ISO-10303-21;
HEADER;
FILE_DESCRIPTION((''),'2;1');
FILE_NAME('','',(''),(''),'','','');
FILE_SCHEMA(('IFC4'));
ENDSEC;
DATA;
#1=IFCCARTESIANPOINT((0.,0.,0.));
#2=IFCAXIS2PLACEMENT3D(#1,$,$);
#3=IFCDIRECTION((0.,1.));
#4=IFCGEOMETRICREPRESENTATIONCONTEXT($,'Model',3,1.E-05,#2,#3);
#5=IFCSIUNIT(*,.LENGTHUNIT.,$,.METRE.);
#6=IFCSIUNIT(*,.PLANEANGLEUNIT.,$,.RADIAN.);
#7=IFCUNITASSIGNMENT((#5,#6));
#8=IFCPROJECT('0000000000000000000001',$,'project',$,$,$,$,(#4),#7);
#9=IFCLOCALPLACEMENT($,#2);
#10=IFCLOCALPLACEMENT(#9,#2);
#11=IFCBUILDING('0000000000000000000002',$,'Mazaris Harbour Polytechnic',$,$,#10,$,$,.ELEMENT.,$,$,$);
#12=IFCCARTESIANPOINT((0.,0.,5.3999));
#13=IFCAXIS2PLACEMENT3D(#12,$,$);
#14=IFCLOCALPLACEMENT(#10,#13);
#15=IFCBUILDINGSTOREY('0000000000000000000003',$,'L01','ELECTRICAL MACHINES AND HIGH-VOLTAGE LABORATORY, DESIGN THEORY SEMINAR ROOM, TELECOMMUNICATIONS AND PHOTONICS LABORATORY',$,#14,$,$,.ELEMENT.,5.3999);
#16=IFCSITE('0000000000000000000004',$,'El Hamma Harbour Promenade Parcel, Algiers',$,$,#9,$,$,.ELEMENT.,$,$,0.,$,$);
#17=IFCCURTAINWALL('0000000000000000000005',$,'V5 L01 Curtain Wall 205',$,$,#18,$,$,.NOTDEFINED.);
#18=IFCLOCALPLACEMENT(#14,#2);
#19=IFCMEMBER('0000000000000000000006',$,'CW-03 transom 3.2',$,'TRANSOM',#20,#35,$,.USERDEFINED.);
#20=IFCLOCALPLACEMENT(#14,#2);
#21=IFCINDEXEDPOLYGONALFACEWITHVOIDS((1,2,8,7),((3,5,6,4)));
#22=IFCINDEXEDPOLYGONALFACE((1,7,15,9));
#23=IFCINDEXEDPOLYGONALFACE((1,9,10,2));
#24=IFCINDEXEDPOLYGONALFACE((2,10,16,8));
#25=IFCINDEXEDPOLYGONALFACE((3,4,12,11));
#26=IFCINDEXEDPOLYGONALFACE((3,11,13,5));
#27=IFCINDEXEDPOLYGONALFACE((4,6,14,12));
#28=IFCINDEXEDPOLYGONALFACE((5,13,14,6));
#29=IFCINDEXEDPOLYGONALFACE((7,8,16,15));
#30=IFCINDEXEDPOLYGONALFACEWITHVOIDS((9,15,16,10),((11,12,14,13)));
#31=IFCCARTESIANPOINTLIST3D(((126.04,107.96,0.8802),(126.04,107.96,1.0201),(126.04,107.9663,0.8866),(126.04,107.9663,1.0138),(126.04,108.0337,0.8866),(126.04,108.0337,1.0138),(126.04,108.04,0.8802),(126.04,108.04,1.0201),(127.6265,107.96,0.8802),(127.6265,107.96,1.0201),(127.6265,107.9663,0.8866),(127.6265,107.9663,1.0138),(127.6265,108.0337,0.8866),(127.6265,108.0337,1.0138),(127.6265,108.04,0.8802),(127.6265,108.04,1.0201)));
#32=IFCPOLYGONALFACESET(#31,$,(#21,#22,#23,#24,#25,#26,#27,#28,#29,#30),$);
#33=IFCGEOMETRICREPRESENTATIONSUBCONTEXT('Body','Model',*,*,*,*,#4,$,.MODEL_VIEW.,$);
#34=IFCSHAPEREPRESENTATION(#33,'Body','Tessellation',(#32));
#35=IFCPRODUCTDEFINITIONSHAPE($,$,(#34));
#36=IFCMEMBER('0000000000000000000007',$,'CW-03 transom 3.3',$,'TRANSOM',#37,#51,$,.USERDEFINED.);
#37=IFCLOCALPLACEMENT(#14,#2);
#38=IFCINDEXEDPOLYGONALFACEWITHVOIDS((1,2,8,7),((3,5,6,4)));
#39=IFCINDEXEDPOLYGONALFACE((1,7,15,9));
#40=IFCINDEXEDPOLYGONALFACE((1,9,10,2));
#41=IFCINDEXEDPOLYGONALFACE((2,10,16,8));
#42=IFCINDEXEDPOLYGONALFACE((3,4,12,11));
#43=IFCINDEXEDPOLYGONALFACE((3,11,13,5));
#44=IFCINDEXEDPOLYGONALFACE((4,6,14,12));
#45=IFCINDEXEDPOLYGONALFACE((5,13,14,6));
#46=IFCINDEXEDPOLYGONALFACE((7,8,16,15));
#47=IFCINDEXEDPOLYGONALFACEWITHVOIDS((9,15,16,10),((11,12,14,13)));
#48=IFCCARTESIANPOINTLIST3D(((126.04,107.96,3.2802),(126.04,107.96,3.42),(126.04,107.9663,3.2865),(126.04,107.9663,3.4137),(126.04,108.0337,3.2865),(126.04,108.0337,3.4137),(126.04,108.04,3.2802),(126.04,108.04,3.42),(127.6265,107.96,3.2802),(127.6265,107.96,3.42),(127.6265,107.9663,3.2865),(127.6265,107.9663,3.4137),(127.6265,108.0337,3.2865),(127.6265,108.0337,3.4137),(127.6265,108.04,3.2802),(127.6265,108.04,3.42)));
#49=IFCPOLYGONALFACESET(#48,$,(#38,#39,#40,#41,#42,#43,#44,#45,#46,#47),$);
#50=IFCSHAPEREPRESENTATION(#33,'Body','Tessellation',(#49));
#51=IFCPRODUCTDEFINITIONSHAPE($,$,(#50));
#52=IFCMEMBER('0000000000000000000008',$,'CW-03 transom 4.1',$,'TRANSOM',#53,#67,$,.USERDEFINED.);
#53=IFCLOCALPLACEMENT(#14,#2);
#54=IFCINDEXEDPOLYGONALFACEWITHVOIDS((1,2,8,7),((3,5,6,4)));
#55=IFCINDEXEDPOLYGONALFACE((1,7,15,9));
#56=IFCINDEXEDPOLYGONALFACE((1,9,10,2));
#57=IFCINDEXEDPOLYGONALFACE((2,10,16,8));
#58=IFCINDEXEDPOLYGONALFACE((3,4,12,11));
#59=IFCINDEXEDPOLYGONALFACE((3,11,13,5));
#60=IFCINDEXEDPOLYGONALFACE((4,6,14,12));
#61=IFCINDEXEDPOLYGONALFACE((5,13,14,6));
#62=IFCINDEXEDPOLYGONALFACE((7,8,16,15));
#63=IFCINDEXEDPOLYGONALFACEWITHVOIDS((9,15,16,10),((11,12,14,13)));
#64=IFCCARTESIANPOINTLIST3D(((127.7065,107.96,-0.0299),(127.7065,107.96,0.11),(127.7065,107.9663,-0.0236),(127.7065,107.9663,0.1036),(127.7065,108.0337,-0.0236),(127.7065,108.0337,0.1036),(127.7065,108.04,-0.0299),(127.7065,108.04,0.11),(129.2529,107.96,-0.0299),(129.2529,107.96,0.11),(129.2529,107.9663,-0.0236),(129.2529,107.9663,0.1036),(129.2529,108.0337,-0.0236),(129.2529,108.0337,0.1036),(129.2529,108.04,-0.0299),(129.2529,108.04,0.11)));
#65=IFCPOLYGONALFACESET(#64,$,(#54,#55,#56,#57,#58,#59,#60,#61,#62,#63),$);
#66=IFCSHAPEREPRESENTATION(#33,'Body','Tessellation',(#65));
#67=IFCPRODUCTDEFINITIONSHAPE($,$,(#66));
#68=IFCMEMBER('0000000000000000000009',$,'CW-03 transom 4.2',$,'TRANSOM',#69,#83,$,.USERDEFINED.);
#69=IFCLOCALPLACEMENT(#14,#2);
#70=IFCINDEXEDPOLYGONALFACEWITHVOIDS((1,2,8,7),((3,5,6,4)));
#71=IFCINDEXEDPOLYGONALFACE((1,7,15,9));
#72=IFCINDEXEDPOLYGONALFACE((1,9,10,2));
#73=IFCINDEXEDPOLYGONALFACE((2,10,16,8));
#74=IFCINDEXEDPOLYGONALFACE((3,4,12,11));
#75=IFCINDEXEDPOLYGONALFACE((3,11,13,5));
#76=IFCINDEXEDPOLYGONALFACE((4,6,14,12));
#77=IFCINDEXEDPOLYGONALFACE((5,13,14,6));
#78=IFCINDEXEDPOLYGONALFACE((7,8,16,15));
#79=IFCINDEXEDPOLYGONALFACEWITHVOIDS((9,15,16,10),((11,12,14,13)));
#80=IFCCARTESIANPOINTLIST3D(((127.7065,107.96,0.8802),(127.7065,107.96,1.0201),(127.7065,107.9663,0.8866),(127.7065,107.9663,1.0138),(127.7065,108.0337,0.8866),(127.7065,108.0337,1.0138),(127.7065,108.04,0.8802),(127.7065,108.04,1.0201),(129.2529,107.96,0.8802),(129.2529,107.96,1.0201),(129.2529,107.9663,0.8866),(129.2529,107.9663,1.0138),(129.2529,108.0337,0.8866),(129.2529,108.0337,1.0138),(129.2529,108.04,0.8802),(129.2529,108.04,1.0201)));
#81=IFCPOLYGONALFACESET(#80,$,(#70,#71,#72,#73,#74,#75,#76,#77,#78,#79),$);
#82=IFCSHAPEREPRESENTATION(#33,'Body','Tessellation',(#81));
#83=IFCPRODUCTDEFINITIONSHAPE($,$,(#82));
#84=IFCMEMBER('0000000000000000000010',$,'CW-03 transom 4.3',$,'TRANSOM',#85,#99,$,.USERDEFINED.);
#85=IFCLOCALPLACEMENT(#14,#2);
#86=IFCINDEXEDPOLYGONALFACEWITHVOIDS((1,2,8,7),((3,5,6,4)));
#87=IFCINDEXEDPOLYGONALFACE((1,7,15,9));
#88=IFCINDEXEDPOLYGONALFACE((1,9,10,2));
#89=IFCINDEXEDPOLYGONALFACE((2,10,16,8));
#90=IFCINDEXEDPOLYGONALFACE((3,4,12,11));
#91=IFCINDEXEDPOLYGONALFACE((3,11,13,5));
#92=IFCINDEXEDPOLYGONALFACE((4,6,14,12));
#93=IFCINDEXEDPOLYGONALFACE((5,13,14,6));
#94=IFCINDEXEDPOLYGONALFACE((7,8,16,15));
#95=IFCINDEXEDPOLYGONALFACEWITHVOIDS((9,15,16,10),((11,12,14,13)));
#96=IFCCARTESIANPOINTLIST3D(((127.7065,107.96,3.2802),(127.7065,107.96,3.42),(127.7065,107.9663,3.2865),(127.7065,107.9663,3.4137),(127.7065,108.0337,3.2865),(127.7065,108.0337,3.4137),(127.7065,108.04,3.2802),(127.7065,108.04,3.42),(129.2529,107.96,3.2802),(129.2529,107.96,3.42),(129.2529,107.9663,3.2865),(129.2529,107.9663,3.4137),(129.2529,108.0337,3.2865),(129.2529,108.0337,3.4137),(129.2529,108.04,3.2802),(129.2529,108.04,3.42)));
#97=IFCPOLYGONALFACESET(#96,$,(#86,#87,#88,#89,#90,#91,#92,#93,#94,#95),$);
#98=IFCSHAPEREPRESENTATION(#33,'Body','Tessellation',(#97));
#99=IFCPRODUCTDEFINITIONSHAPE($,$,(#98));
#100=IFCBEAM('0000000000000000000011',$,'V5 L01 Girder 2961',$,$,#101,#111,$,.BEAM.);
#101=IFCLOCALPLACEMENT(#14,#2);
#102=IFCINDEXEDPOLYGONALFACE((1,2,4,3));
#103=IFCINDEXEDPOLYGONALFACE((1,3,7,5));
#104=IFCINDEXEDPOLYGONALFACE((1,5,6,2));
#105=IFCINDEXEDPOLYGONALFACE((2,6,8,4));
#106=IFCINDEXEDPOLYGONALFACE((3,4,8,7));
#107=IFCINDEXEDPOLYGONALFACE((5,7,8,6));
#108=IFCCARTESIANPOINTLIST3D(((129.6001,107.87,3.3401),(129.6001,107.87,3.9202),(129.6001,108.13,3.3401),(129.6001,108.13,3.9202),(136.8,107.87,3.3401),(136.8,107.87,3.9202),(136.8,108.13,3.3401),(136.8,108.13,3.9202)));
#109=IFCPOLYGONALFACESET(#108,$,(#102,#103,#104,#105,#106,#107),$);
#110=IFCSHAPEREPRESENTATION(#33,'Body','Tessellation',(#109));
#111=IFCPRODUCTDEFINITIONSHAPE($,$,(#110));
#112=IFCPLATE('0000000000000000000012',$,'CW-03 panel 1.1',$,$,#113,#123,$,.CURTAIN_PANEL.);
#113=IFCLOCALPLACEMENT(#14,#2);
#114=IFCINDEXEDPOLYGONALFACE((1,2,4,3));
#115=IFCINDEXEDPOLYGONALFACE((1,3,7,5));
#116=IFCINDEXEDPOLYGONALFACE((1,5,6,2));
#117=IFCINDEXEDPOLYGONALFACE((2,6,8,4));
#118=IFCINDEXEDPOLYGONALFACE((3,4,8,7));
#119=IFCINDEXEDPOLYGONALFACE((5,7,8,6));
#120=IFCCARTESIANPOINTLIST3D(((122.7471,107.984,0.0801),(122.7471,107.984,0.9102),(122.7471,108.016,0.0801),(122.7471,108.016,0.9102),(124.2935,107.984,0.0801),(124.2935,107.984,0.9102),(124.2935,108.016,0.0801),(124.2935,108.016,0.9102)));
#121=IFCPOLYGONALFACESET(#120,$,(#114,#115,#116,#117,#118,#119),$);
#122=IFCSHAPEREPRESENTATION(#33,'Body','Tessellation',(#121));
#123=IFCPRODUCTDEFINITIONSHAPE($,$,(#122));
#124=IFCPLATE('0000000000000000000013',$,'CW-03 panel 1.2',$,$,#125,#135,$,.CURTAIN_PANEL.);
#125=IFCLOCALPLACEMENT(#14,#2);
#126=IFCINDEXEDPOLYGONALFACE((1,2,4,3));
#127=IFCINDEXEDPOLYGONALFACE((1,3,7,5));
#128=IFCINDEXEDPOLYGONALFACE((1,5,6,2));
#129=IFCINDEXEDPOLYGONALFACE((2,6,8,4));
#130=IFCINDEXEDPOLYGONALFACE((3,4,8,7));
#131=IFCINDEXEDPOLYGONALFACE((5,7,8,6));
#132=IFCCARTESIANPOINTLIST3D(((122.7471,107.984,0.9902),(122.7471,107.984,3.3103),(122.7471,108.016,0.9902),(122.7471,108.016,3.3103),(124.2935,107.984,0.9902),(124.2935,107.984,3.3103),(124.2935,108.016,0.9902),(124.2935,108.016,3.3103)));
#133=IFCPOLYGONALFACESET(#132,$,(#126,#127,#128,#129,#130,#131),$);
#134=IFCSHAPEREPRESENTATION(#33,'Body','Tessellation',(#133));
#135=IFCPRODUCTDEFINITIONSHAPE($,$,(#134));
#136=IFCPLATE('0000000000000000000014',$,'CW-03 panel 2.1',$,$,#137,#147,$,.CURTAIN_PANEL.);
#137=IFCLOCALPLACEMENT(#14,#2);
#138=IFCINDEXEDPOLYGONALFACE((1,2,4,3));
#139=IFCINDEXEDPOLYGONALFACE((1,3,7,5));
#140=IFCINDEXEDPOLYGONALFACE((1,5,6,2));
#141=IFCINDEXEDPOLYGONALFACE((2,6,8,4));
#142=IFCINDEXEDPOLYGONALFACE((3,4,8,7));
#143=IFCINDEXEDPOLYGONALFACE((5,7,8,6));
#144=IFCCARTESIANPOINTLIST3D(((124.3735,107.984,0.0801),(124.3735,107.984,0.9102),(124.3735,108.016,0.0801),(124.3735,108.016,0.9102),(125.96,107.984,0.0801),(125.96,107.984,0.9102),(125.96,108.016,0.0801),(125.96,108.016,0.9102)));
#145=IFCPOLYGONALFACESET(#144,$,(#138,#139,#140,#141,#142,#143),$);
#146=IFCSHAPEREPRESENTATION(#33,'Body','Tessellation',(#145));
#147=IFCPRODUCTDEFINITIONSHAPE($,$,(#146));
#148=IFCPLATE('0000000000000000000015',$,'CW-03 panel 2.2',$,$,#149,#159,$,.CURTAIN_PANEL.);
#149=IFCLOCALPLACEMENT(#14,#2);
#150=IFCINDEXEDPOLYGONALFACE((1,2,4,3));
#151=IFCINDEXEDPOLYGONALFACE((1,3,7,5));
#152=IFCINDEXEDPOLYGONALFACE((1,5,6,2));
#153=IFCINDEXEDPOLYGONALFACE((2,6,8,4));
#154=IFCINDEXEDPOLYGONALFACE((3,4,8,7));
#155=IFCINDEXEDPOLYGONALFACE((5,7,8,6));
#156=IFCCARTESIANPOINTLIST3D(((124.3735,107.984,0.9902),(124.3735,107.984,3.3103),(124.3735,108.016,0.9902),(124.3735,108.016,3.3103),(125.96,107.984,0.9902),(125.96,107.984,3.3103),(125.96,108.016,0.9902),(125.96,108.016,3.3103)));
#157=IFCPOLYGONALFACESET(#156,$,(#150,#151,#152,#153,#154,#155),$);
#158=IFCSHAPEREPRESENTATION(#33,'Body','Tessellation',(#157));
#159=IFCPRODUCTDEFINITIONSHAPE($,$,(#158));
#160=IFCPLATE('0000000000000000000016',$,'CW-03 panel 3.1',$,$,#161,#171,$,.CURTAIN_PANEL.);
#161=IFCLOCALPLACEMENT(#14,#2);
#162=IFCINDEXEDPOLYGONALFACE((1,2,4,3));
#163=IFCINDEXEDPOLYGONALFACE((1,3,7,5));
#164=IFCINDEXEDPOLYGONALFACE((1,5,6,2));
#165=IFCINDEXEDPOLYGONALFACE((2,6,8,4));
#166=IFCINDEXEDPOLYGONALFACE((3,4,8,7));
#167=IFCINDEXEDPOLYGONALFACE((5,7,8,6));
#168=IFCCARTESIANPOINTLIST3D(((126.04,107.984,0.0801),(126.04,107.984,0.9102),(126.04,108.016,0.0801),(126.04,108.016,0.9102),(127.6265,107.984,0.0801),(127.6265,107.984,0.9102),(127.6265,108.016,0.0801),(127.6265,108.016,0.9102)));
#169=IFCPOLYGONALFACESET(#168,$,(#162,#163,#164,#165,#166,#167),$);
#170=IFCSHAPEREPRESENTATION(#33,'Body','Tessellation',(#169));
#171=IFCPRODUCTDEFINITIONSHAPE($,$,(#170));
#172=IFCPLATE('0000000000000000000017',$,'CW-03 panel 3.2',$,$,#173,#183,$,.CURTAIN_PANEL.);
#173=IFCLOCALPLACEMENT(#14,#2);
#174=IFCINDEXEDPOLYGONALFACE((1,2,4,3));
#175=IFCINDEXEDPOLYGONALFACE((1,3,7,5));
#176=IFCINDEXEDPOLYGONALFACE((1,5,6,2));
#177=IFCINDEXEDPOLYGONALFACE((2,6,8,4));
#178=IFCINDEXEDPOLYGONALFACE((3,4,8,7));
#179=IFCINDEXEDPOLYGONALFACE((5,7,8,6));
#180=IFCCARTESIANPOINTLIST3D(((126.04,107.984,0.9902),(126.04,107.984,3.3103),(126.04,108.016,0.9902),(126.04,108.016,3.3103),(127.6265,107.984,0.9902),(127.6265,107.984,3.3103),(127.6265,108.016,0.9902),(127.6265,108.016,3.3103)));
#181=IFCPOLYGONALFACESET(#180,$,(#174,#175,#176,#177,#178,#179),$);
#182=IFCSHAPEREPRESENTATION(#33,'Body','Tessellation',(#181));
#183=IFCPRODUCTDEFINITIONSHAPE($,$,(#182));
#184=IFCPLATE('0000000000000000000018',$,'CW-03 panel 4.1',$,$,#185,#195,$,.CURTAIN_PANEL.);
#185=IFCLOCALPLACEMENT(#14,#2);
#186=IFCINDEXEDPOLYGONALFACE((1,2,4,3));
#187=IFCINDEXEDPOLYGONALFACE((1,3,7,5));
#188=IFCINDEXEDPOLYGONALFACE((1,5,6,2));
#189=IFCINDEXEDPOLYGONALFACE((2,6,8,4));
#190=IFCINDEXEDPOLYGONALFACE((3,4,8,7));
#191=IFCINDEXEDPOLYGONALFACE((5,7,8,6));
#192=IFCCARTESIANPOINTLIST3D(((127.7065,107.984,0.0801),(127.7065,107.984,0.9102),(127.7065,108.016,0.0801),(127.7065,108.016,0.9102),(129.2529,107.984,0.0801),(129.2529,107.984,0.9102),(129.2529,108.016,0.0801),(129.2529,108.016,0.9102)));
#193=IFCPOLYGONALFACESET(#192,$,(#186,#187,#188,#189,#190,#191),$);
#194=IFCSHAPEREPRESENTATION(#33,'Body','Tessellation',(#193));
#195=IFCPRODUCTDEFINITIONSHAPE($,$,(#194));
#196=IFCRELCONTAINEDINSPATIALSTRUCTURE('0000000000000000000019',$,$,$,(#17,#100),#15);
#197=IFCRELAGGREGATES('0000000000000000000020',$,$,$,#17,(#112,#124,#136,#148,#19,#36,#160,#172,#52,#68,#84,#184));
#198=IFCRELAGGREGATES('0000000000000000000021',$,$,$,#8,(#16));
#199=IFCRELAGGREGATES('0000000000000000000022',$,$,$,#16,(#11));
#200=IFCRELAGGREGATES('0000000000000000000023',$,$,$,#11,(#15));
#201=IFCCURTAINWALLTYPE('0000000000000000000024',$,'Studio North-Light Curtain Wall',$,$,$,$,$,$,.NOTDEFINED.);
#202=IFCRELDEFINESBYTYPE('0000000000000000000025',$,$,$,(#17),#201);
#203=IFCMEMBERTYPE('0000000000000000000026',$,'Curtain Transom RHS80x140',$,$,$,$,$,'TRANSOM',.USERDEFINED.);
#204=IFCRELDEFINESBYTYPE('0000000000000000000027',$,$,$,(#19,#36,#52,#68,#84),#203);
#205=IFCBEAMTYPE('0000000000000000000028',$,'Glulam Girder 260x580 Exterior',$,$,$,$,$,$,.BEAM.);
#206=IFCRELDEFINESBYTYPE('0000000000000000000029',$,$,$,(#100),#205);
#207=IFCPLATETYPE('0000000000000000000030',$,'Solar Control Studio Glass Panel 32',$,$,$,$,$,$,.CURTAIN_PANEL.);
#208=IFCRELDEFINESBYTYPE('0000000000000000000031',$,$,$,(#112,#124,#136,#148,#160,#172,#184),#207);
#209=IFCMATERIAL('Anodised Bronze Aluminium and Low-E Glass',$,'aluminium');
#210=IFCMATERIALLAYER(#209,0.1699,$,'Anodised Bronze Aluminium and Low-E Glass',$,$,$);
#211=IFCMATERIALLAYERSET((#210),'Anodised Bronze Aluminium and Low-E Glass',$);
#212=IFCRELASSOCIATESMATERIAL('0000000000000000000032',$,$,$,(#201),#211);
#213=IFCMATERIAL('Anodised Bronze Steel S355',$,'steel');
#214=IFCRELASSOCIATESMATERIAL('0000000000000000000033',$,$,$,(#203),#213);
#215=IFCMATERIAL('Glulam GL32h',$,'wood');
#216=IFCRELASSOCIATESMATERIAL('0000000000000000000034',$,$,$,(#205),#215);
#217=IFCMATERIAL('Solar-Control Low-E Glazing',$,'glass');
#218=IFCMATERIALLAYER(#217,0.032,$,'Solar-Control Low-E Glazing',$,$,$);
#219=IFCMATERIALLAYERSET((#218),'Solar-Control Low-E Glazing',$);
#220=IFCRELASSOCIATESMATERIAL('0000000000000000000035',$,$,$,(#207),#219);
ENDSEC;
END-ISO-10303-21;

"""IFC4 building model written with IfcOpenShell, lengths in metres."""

from ifc_helpers import new_model, si_unit, direction, frame, origin, origin_2d, place, context, subcontext, project, spatial, rectangle, hollow_rectangle, extrude, material, layer, layer_set, material_profile, profile_set, type_object, element, aggregate, save


model = new_model("IFC4")

# Units and contexts
model_context = context("Model", 3, precision=1e-05, world=origin(), true_north=direction((0.0, 1.0)))
body_context = subcontext(model_context, "Body", "Model", "MODEL_VIEW")
ifc_project = project(units=[si_unit("LENGTHUNIT", "METRE"), si_unit("PLANEANGLEUNIT", "RADIAN")], contexts=[model_context])

# Site, building, storey
site_placement = place(None, origin())
site = spatial("IfcSite", under=ifc_project, at=site_placement, Name="El Hamma Harbour Promenade Parcel, Algiers", CompositionType="ELEMENT", RefElevation=0.0)
building_placement = place(site_placement, origin())
building = spatial("IfcBuilding", under=site, at=building_placement, Name="Mazaris Harbour Polytechnic", CompositionType="ELEMENT")
storey_placement = place(building_placement, frame((0.0, 0.0, 5.3999)))
storey = spatial("IfcBuildingStorey", under=building, at=storey_placement, Name="L01", Description="ELECTRICAL MACHINES AND HIGH-VOLTAGE LABORATORY, DESIGN THEORY SEMINAR ROOM, TELECOMMUNICATIONS AND PHOTONICS LABORATORY", CompositionType="ELEMENT", Elevation=5.3999)

# Curtain wall, members
ifc_material_1 = material(Name="Anodised Bronze Aluminium and Low-E Glass", Category="aluminium")
ifc_layer_1 = layer(ifc_material_1, 0.1699, Name="Anodised Bronze Aluminium and Low-E Glass")
ifc_layer_set_1 = layer_set([ifc_layer_1], Name="Anodised Bronze Aluminium and Low-E Glass")
curtain_wall_type = type_object("IfcCurtainWallType", Name="Studio North-Light Curtain Wall", PredefinedType="NOTDEFINED", material=ifc_layer_set_1)
curtain_wall_placement = place(storey_placement, origin())
curtain_wall = element("IfcCurtainWall", 1, at=curtain_wall_placement, inside=storey, type_object=curtain_wall_type, Name="V5 L01 Curtain Wall 205", PredefinedType="NOTDEFINED")
ifc_material_2 = material(Name="Anodised Bronze Steel S355", Category="steel")
ifc_material_profile_1 = material_profile(ifc_material_2, hollow_rectangle(XDim=0.0801, YDim=0.1399, WallThickness=0.0063, at=origin_2d()), Name="RHS 80x140x6.3")
ifc_profile_set_1 = profile_set([ifc_material_profile_1], Name="Anodised Bronze Steel S355")
member_type_1 = type_object("IfcMemberType", Name="Curtain Transom RHS80x140", ElementType="TRANSOM", PredefinedType="USERDEFINED", material=ifc_profile_set_1)
member_1_placement = place(storey_placement, frame((126.04, 108.0, 0.9502), z_axis=(1.0, 0.0, 0.0), x_axis=(0.0, 1.0, 0.0)))
member_1 = element("IfcMember", 2, at=member_1_placement, type_object=member_type_1, Name="CW-03 transom 3.2", ObjectType="TRANSOM", PredefinedType="USERDEFINED", context=body_context, shape_type="SweptSolid", body=[
    extrude(hollow_rectangle(XDim=0.0801, YDim=0.1399, WallThickness=0.0063, at=origin_2d()), origin(), (0.0, 0.0, 1.0), 1.5864),
])
member_2_placement = place(storey_placement, frame((126.04, 108.0, 3.3501), z_axis=(1.0, 0.0, 0.0), x_axis=(0.0, 1.0, 0.0)))
member_2 = element("IfcMember", 3, at=member_2_placement, type_object=member_type_1, Name="CW-03 transom 3.3", ObjectType="TRANSOM", PredefinedType="USERDEFINED", context=body_context, shape_type="SweptSolid", body=[
    extrude(hollow_rectangle(XDim=0.0801, YDim=0.1399, WallThickness=0.0063, at=origin_2d()), origin(), (0.0, 0.0, 1.0), 1.5864),
])
member_3_placement = place(storey_placement, frame((127.7065, 108.0, 0.04), z_axis=(1.0, 0.0, 0.0), x_axis=(0.0, 1.0, 0.0)))
member_3 = element("IfcMember", 4, at=member_3_placement, type_object=member_type_1, Name="CW-03 transom 4.1", ObjectType="TRANSOM", PredefinedType="USERDEFINED", context=body_context, shape_type="SweptSolid", body=[
    extrude(hollow_rectangle(XDim=0.0801, YDim=0.1399, WallThickness=0.0063, at=origin_2d()), origin(), (0.0, 0.0, 1.0), 1.5464),
])
member_4_placement = place(storey_placement, frame((127.7065, 108.0, 0.9502), z_axis=(1.0, 0.0, 0.0), x_axis=(0.0, 1.0, 0.0)))
member_4 = element("IfcMember", 5, at=member_4_placement, type_object=member_type_1, Name="CW-03 transom 4.2", ObjectType="TRANSOM", PredefinedType="USERDEFINED", context=body_context, shape_type="SweptSolid", body=[
    extrude(hollow_rectangle(XDim=0.0801, YDim=0.1399, WallThickness=0.0063, at=origin_2d()), origin(), (0.0, 0.0, 1.0), 1.5464),
])
member_5_placement = place(storey_placement, frame((127.7065, 108.0, 3.3501), z_axis=(1.0, 0.0, 0.0), x_axis=(0.0, 1.0, 0.0)))
member_5 = element("IfcMember", 6, at=member_5_placement, type_object=member_type_1, Name="CW-03 transom 4.3", ObjectType="TRANSOM", PredefinedType="USERDEFINED", context=body_context, shape_type="SweptSolid", body=[
    extrude(hollow_rectangle(XDim=0.0801, YDim=0.1399, WallThickness=0.0063, at=origin_2d()), origin(), (0.0, 0.0, 1.0), 1.5464),
])

# Beam
ifc_material_3 = material(Name="Glulam GL32h", Category="wood")
ifc_material_profile_2 = material_profile(ifc_material_3, rectangle(XDim=0.26, YDim=0.5801, at=origin_2d()), Name="RECT260x580")
ifc_profile_set_2 = profile_set([ifc_material_profile_2], Name="Glulam GL32h")
beam_type = type_object("IfcBeamType", Name="Glulam Girder 260x580 Exterior", PredefinedType="BEAM", material=ifc_profile_set_2)
beam_placement = place(storey_placement, frame((129.6001, 108.0, 3.6301), z_axis=(1.0, 0.0, 0.0), x_axis=(0.0, 1.0, 0.0)))
element("IfcBeam", 7, at=beam_placement, inside=storey, type_object=beam_type, Name="V5 L01 Girder 2961", PredefinedType="BEAM", context=body_context, shape_type="SweptSolid", body=[
    extrude(rectangle(XDim=0.26, YDim=0.5801, at=origin_2d()), origin(), (0.0, 0.0, 1.0), 7.2),
])

# Plates
ifc_material_4 = material(Name="Solar-Control Low-E Glazing", Category="glass")
ifc_layer_2 = layer(ifc_material_4, 0.032, Name="Solar-Control Low-E Glazing")
ifc_layer_set_2 = layer_set([ifc_layer_2], Name="Solar-Control Low-E Glazing")
plate_type = type_object("IfcPlateType", Name="Solar Control Studio Glass Panel 32", PredefinedType="CURTAIN_PANEL", material=ifc_layer_set_2)
plate_1_placement = place(storey_placement, frame((123.5203, 108.0, 0.0801), z_axis=(0.0, 0.0, 1.0), x_axis=(1.0, 0.0, 0.0)))
plate_1 = element("IfcPlate", 8, at=plate_1_placement, type_object=plate_type, Name="CW-03 panel 1.1", PredefinedType="CURTAIN_PANEL", context=body_context, shape_type="SweptSolid", body=[
    extrude(rectangle(XDim=1.5464, YDim=0.032, at=origin_2d()), origin(), (0.0, 0.0, 1.0), 0.8301),
])
plate_2_placement = place(storey_placement, frame((123.5203, 108.0, 0.9902), z_axis=(0.0, 0.0, 1.0), x_axis=(1.0, 0.0, 0.0)))
plate_2 = element("IfcPlate", 9, at=plate_2_placement, type_object=plate_type, Name="CW-03 panel 1.2", PredefinedType="CURTAIN_PANEL", context=body_context, shape_type="SweptSolid", body=[
    extrude(rectangle(XDim=1.5464, YDim=0.032, at=origin_2d()), origin(), (0.0, 0.0, 1.0), 2.3201),
])
plate_3_placement = place(storey_placement, frame((125.1667, 108.0, 0.0801), z_axis=(0.0, 0.0, 1.0), x_axis=(1.0, 0.0, 0.0)))
plate_3 = element("IfcPlate", 10, at=plate_3_placement, type_object=plate_type, Name="CW-03 panel 2.1", PredefinedType="CURTAIN_PANEL", context=body_context, shape_type="SweptSolid", body=[
    extrude(rectangle(XDim=1.5864, YDim=0.032, at=origin_2d()), origin(), (0.0, 0.0, 1.0), 0.8301),
])
plate_4_placement = place(storey_placement, frame((125.1667, 108.0, 0.9902), z_axis=(0.0, 0.0, 1.0), x_axis=(1.0, 0.0, 0.0)))
plate_4 = element("IfcPlate", 11, at=plate_4_placement, type_object=plate_type, Name="CW-03 panel 2.2", PredefinedType="CURTAIN_PANEL", context=body_context, shape_type="SweptSolid", body=[
    extrude(rectangle(XDim=1.5864, YDim=0.032, at=origin_2d()), origin(), (0.0, 0.0, 1.0), 2.3201),
])
plate_5_placement = place(storey_placement, frame((126.8333, 108.0, 0.0801), z_axis=(0.0, 0.0, 1.0), x_axis=(1.0, 0.0, 0.0)))
plate_5 = element("IfcPlate", 12, at=plate_5_placement, type_object=plate_type, Name="CW-03 panel 3.1", PredefinedType="CURTAIN_PANEL", context=body_context, shape_type="SweptSolid", body=[
    extrude(rectangle(XDim=1.5864, YDim=0.032, at=origin_2d()), origin(), (0.0, 0.0, 1.0), 0.8301),
])
plate_6_placement = place(storey_placement, frame((126.8333, 108.0, 0.9902), z_axis=(0.0, 0.0, 1.0), x_axis=(1.0, 0.0, 0.0)))
plate_6 = element("IfcPlate", 13, at=plate_6_placement, type_object=plate_type, Name="CW-03 panel 3.2", PredefinedType="CURTAIN_PANEL", context=body_context, shape_type="SweptSolid", body=[
    extrude(rectangle(XDim=1.5864, YDim=0.032, at=origin_2d()), origin(), (0.0, 0.0, 1.0), 2.3201),
])
plate_7_placement = place(storey_placement, frame((128.4797, 108.0, 0.0801), z_axis=(0.0, 0.0, 1.0), x_axis=(1.0, 0.0, 0.0)))
plate_7 = element("IfcPlate", 14, at=plate_7_placement, type_object=plate_type, Name="CW-03 panel 4.1", PredefinedType="CURTAIN_PANEL", context=body_context, shape_type="SweptSolid", body=[
    extrude(rectangle(XDim=1.5464, YDim=0.032, at=origin_2d()), origin(), (0.0, 0.0, 1.0), 0.8301),
])
aggregate(curtain_wall, [plate_1, plate_2, plate_3, plate_4, member_1, member_2, plate_5, plate_6, member_3, member_4, member_5, plate_7])

save(model, "model.ifc")
